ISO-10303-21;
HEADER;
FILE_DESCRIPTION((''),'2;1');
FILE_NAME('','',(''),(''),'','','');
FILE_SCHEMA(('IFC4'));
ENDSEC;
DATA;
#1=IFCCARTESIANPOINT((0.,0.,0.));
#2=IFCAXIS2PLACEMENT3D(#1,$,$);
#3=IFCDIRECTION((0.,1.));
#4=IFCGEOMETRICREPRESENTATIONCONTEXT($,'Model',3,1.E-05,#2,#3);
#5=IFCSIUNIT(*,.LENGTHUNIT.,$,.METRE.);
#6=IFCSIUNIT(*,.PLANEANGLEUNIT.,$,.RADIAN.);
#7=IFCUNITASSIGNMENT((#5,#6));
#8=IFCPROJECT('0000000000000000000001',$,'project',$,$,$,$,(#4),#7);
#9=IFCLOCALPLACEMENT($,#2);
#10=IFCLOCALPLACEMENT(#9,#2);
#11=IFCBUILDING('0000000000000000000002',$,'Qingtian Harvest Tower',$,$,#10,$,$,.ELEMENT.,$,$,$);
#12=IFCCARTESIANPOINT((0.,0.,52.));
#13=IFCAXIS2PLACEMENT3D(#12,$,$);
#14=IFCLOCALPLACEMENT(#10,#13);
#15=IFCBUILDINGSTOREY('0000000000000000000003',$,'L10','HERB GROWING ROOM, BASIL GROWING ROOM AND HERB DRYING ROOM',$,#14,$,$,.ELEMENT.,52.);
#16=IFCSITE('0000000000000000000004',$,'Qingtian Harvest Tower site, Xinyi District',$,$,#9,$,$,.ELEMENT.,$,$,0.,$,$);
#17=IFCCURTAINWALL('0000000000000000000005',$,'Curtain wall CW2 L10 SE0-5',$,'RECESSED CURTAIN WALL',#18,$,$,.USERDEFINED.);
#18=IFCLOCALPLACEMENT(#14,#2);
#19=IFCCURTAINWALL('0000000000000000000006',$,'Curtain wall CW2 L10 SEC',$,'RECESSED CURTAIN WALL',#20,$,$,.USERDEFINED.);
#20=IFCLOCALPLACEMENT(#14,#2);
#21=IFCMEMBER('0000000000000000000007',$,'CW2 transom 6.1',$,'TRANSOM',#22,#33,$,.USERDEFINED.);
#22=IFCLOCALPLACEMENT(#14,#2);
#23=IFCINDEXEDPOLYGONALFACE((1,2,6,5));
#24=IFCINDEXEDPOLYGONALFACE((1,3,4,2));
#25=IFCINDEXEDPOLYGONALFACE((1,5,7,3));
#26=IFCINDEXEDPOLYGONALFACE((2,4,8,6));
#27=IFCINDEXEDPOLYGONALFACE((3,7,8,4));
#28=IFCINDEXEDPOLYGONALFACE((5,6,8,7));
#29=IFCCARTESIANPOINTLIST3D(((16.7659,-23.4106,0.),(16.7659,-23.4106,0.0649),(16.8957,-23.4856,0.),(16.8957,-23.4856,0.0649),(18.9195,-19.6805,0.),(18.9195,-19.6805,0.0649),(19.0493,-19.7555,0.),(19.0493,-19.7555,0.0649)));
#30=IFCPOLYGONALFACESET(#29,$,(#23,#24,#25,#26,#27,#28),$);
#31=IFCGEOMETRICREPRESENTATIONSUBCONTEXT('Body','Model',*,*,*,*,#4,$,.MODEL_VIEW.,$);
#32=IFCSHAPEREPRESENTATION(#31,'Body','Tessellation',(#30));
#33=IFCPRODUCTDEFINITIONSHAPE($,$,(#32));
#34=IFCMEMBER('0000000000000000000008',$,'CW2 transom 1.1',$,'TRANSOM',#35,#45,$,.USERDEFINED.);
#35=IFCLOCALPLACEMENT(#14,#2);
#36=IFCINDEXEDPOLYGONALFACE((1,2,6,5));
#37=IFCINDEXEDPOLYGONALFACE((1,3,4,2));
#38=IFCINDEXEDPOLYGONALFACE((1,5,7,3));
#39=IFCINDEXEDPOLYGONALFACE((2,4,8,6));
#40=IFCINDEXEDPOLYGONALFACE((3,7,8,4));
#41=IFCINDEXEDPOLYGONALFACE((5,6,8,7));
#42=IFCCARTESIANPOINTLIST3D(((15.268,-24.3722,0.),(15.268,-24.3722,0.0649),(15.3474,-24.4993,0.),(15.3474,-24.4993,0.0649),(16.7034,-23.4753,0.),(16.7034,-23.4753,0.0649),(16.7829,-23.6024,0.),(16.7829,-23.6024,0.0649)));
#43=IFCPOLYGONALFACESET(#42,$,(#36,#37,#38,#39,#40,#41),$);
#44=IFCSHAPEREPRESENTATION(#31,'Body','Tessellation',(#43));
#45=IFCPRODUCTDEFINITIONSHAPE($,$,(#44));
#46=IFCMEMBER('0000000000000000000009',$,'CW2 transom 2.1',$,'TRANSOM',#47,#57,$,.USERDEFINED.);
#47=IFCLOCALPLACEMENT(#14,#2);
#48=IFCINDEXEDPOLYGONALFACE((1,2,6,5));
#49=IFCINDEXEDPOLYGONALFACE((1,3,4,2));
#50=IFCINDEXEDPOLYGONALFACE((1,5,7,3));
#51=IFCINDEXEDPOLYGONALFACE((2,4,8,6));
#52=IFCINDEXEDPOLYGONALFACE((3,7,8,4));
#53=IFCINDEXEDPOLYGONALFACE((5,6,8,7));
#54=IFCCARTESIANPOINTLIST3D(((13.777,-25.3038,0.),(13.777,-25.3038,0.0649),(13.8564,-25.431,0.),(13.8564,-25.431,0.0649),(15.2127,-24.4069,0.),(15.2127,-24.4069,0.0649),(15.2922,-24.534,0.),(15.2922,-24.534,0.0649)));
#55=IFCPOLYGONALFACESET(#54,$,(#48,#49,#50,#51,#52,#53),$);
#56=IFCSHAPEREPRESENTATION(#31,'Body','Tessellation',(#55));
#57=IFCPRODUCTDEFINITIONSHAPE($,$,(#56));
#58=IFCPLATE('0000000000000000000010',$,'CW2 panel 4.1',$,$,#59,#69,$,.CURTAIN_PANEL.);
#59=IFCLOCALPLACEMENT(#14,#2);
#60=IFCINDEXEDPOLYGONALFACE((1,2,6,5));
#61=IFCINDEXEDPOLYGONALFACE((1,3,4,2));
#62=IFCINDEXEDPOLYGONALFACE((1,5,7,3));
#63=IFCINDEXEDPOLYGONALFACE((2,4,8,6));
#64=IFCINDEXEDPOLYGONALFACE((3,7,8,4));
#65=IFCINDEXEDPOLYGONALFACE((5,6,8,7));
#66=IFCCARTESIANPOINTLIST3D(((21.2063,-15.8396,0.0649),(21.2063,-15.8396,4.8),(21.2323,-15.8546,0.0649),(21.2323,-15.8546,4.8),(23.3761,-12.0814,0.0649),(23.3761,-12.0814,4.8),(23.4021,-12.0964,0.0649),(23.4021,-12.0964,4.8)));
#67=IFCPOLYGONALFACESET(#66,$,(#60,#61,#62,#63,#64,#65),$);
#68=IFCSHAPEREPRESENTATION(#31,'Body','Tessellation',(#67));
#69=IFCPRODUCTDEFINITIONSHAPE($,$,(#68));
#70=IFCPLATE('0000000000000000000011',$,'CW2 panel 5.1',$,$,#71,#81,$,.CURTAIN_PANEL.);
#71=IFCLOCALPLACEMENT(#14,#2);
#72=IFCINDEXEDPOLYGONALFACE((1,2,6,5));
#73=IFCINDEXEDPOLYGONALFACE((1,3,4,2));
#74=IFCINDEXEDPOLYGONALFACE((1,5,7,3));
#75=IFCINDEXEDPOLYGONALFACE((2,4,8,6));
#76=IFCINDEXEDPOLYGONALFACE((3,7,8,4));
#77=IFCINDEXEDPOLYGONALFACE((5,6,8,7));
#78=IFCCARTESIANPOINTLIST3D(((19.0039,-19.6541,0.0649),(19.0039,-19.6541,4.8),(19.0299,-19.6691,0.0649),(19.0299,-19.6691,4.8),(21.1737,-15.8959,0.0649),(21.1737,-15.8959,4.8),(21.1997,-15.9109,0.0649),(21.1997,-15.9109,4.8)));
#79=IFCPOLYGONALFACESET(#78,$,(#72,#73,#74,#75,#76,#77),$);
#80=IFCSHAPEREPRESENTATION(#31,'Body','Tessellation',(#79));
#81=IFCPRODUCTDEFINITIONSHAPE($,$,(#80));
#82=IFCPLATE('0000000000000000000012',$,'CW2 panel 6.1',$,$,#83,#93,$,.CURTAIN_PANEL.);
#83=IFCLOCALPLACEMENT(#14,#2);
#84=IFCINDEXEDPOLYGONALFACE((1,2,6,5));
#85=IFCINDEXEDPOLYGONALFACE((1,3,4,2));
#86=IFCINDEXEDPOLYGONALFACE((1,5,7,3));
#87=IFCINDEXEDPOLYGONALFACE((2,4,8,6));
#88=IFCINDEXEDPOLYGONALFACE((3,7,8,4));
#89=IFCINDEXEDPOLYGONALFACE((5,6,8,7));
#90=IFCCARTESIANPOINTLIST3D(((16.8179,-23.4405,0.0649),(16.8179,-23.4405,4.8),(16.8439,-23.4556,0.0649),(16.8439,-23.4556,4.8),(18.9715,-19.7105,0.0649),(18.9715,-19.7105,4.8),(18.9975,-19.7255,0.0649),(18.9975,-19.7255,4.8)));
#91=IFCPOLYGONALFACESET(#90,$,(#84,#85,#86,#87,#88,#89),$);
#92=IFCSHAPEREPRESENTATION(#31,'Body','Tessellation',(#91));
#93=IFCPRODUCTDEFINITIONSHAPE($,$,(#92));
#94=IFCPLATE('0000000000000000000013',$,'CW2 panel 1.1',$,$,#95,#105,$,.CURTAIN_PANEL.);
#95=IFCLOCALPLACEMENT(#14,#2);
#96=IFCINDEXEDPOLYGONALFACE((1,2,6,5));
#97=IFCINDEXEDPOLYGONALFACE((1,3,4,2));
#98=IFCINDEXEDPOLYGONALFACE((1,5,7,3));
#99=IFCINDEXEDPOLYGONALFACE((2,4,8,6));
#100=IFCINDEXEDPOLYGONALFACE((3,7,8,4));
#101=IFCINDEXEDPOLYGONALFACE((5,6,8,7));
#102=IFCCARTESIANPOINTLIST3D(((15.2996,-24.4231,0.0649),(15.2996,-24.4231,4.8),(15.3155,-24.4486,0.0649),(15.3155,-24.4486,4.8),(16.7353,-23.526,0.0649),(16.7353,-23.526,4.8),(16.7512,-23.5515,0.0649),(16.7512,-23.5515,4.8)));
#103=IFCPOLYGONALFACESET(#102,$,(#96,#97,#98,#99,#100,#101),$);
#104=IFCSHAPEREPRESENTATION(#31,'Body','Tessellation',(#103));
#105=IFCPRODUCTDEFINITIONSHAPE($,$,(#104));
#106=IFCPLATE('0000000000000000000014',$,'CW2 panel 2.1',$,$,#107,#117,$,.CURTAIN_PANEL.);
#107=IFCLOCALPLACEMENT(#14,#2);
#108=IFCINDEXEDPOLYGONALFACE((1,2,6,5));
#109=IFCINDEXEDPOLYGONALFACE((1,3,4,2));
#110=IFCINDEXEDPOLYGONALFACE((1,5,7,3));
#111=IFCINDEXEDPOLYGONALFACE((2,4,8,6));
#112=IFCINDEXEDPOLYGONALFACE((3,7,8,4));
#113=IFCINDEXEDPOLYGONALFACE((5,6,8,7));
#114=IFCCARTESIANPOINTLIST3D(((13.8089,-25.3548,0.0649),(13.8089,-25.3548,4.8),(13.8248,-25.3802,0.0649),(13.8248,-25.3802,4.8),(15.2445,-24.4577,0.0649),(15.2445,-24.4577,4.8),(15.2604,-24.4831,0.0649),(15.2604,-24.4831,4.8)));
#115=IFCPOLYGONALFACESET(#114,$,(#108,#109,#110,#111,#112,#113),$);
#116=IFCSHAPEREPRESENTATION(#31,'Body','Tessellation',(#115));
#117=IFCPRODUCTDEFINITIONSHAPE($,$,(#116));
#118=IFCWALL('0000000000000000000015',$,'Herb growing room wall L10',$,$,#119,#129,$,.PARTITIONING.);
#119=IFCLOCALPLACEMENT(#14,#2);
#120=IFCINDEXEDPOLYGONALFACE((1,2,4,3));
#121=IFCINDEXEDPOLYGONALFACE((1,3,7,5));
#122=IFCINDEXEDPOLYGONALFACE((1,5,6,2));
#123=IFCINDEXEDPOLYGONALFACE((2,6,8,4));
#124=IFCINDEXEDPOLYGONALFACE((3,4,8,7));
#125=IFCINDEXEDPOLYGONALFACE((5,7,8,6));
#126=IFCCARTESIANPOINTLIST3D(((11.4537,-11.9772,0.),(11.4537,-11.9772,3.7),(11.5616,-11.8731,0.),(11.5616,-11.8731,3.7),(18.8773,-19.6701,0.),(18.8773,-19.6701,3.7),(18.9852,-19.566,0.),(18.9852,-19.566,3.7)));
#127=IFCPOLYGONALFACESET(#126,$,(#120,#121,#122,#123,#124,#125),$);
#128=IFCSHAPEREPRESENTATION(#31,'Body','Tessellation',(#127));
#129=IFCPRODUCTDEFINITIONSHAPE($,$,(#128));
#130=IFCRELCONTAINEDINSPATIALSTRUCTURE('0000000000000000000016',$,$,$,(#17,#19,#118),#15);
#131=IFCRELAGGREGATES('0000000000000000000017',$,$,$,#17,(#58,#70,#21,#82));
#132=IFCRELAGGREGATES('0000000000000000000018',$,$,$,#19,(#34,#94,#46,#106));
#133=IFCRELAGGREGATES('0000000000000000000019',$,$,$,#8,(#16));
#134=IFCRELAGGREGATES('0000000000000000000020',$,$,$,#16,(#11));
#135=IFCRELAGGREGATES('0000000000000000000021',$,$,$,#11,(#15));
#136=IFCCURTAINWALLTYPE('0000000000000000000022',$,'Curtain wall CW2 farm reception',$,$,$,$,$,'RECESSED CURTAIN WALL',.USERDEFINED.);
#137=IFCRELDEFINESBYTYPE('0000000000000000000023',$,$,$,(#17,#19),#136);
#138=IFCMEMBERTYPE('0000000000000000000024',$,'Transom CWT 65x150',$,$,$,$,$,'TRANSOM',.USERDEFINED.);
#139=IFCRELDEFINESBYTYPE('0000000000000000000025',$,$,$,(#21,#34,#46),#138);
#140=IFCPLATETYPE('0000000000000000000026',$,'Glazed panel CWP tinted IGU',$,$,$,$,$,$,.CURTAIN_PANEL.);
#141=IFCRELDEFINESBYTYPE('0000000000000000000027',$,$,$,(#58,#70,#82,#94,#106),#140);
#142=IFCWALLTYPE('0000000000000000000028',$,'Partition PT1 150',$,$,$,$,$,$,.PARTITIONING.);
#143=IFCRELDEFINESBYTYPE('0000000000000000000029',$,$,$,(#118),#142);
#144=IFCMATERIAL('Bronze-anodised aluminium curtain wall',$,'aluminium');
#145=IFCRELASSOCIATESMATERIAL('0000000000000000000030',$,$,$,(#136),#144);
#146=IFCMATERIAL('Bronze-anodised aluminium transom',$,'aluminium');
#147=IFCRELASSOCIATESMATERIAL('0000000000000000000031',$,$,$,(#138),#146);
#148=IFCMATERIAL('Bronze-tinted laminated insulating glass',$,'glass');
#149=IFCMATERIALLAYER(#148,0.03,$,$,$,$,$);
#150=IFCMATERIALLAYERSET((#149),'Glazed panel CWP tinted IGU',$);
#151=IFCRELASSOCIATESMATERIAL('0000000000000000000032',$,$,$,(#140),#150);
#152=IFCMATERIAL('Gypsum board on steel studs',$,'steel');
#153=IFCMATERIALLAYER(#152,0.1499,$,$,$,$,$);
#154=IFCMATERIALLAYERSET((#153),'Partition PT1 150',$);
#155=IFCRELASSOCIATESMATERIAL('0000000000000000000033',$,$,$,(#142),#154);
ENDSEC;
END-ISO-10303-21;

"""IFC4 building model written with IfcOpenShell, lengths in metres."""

from ifc_helpers import new_model, si_unit, direction, frame, frame_2d, origin, origin_2d, place, context, subcontext, project, spatial, rectangle, extrude, material, layer, layer_set, material_profile, profile_set, type_object, element, aggregate, save


model = new_model("IFC4")

# Units and contexts
model_context = context("Model", 3, precision=1e-05, world=origin(), true_north=direction((0.0, 1.0)))
body_context = subcontext(model_context, "Body", "Model", "MODEL_VIEW")
ifc_project = project(units=[si_unit("LENGTHUNIT", "METRE"), si_unit("PLANEANGLEUNIT", "RADIAN")], contexts=[model_context])

# Site, building, storey
site_placement = place(None, origin())
site = spatial("IfcSite", under=ifc_project, at=site_placement, Name="Qingtian Harvest Tower site, Xinyi District", CompositionType="ELEMENT", RefElevation=0.0)
building_placement = place(site_placement, origin())
building = spatial("IfcBuilding", under=site, at=building_placement, Name="Qingtian Harvest Tower", CompositionType="ELEMENT")
storey_placement = place(building_placement, frame((0.0, 0.0, 52.0)))
storey = spatial("IfcBuildingStorey", under=building, at=storey_placement, Name="L10", Description="HERB GROWING ROOM, BASIL GROWING ROOM AND HERB DRYING ROOM", CompositionType="ELEMENT", Elevation=52.0)

# Curtain walls
ifc_material_1 = material(Name="Bronze-anodised aluminium curtain wall", Category="aluminium")
curtain_wall_type = type_object("IfcCurtainWallType", Name="Curtain wall CW2 farm reception", ElementType="RECESSED CURTAIN WALL", PredefinedType="USERDEFINED", material=ifc_material_1)
curtain_wall_1_placement = place(storey_placement, origin())
curtain_wall_1 = element("IfcCurtainWall", 1, at=curtain_wall_1_placement, inside=storey, type_object=curtain_wall_type, Name="Curtain wall CW2 L10 SE0-5", ObjectType="RECESSED CURTAIN WALL", PredefinedType="USERDEFINED")
curtain_wall_2_placement = place(storey_placement, origin())
curtain_wall_2 = element("IfcCurtainWall", 2, at=curtain_wall_2_placement, inside=storey, type_object=curtain_wall_type, Name="Curtain wall CW2 L10 SEC", ObjectType="RECESSED CURTAIN WALL", PredefinedType="USERDEFINED")

# Members
ifc_material_2 = material(Name="Bronze-anodised aluminium transom", Category="aluminium")
ifc_material_profile_1 = material_profile(ifc_material_2, rectangle(XDim=0.1499, YDim=0.0649, at=origin_2d()), Name="AL 65x150")
ifc_profile_set_1 = profile_set([ifc_material_profile_1], Name="Bronze-anodised aluminium transom")
member_type_1 = type_object("IfcMemberType", Name="Transom CWT 65x150", ElementType="TRANSOM", PredefinedType="USERDEFINED", material=ifc_profile_set_1)
member_1_placement = place(storey_placement, frame((18.9844, -19.718, 0.0325), z_axis=(-0.50001, -0.866019, 0.0), x_axis=(0.866019, -0.50001, 0.0)))
member_1 = element("IfcMember", 3, at=member_1_placement, type_object=member_type_1, Name="CW2 transom 6.1", ObjectType="TRANSOM", PredefinedType="USERDEFINED", context=body_context, shape_type="SweptSolid", body=[
    extrude(rectangle(XDim=0.1499, YDim=0.0649, at=origin_2d()), origin(), (0.0, 0.0, 1.0), 4.3071),
])
member_2_placement = place(storey_placement, frame((16.7432, -23.5388, 0.0325), z_axis=(-0.848063, -0.529895, 0.0), x_axis=(0.529895, -0.848063, 0.0)))
member_2 = element("IfcMember", 4, at=member_2_placement, type_object=member_type_1, Name="CW2 transom 1.1", ObjectType="TRANSOM", PredefinedType="USERDEFINED", context=body_context, shape_type="SweptSolid", body=[
    extrude(rectangle(XDim=0.1499, YDim=0.0649, at=origin_2d()), origin(), (0.0, 0.0, 1.0), 1.6926),
])
member_3_placement = place(storey_placement, frame((15.2524, -24.4705, 0.0325), z_axis=(-0.848104, -0.52983, 0.0), x_axis=(0.52983, -0.848104, 0.0)))
member_3 = element("IfcMember", 5, at=member_3_placement, type_object=member_type_1, Name="CW2 transom 2.1", ObjectType="TRANSOM", PredefinedType="USERDEFINED", context=body_context, shape_type="SweptSolid", body=[
    extrude(rectangle(XDim=0.1499, YDim=0.0649, at=origin_2d()), origin(), (0.0, 0.0, 1.0), 1.6929),
])

# Plates
ifc_material_3 = material(Name="Bronze-tinted laminated insulating glass", Category="glass")
ifc_layer_1 = layer(ifc_material_3, 0.03)
ifc_layer_set_1 = layer_set([ifc_layer_1], Name="Glazed panel CWP tinted IGU")
plate_type = type_object("IfcPlateType", Name="Glazed panel CWP tinted IGU", PredefinedType="CURTAIN_PANEL", material=ifc_layer_set_1)
plate_1_placement = place(storey_placement, frame((22.3042, -13.968, 0.0649), z_axis=(0.0, 0.0, 1.0), x_axis=(-0.5, -0.866025, 0.0)))
plate_1 = element("IfcPlate", 6, at=plate_1_placement, type_object=plate_type, Name="CW2 panel 4.1", PredefinedType="CURTAIN_PANEL", context=body_context, shape_type="SweptSolid", body=[
    extrude(rectangle(XDim=4.3396, YDim=0.03, at=origin_2d()), origin(), (0.0, 0.0, 1.0), 4.7351),
])
plate_2_placement = place(storey_placement, frame((20.1018, -17.7825, 0.0649), z_axis=(0.0, 0.0, 1.0), x_axis=(-0.5, -0.866025, 0.0)))
plate_2 = element("IfcPlate", 7, at=plate_2_placement, type_object=plate_type, Name="CW2 panel 5.1", PredefinedType="CURTAIN_PANEL", context=body_context, shape_type="SweptSolid", body=[
    extrude(rectangle(XDim=4.3396, YDim=0.03, at=origin_2d()), origin(), (0.0, 0.0, 1.0), 4.7351),
])
plate_3_placement = place(storey_placement, frame((17.9077, -21.583, 0.0649), z_axis=(0.0, 0.0, 1.0), x_axis=(-0.5, -0.866025, 0.0)))
plate_3 = element("IfcPlate", 8, at=plate_3_placement, type_object=plate_type, Name="CW2 panel 6.1", PredefinedType="CURTAIN_PANEL", context=body_context, shape_type="SweptSolid", body=[
    extrude(rectangle(XDim=4.3071, YDim=0.03, at=origin_2d()), origin(), (0.0, 0.0, 1.0), 4.7351),
])
aggregate(curtain_wall_1, [plate_1, plate_2, member_1, plate_3])
plate_4_placement = place(storey_placement, frame((16.0254, -23.9873, 0.0649), z_axis=(0.0, 0.0, 1.0), x_axis=(-0.848048, -0.529919, 0.0)))
plate_4 = element("IfcPlate", 9, at=plate_4_placement, type_object=plate_type, Name="CW2 panel 1.1", PredefinedType="CURTAIN_PANEL", context=body_context, shape_type="SweptSolid", body=[
    extrude(rectangle(XDim=1.6929, YDim=0.03, at=origin_2d()), origin(), (0.0, 0.0, 1.0), 4.7351),
])
plate_5_placement = place(storey_placement, frame((14.5347, -24.9189, 0.0649), z_axis=(0.0, 0.0, 1.0), x_axis=(-0.848048, -0.529919, 0.0)))
plate_5 = element("IfcPlate", 10, at=plate_5_placement, type_object=plate_type, Name="CW2 panel 2.1", PredefinedType="CURTAIN_PANEL", context=body_context, shape_type="SweptSolid", body=[
    extrude(rectangle(XDim=1.6929, YDim=0.03, at=origin_2d()), origin(), (0.0, 0.0, 1.0), 4.7351),
])
aggregate(curtain_wall_2, [member_2, plate_4, member_3, plate_5])

# Wall
ifc_material_4 = material(Name="Gypsum board on steel studs", Category="steel")
ifc_layer_2 = layer(ifc_material_4, 0.1499)
ifc_layer_set_2 = layer_set([ifc_layer_2], Name="Partition PT1 150")
wall_type = type_object("IfcWallType", Name="Partition PT1 150", PredefinedType="PARTITIONING", material=ifc_layer_set_2)
wall_placement = place(storey_placement, frame((18.9312, -19.6179, 0.0), z_axis=(0.0, 0.0, 1.0), x_axis=(-0.6944, 0.719589, 0.0)))
element("IfcWall", 11, at=wall_placement, inside=storey, type_object=wall_type, Name="Herb growing room wall L10", PredefinedType="PARTITIONING", context=body_context, shape_type="SweptSolid", body=[
    extrude(rectangle(XDim=10.6907, YDim=0.1499, at=frame_2d((5.3452, 0.0))), origin(), (0.0, 0.0, 1.0), 3.7),
])

save(model, "model.ifc")
